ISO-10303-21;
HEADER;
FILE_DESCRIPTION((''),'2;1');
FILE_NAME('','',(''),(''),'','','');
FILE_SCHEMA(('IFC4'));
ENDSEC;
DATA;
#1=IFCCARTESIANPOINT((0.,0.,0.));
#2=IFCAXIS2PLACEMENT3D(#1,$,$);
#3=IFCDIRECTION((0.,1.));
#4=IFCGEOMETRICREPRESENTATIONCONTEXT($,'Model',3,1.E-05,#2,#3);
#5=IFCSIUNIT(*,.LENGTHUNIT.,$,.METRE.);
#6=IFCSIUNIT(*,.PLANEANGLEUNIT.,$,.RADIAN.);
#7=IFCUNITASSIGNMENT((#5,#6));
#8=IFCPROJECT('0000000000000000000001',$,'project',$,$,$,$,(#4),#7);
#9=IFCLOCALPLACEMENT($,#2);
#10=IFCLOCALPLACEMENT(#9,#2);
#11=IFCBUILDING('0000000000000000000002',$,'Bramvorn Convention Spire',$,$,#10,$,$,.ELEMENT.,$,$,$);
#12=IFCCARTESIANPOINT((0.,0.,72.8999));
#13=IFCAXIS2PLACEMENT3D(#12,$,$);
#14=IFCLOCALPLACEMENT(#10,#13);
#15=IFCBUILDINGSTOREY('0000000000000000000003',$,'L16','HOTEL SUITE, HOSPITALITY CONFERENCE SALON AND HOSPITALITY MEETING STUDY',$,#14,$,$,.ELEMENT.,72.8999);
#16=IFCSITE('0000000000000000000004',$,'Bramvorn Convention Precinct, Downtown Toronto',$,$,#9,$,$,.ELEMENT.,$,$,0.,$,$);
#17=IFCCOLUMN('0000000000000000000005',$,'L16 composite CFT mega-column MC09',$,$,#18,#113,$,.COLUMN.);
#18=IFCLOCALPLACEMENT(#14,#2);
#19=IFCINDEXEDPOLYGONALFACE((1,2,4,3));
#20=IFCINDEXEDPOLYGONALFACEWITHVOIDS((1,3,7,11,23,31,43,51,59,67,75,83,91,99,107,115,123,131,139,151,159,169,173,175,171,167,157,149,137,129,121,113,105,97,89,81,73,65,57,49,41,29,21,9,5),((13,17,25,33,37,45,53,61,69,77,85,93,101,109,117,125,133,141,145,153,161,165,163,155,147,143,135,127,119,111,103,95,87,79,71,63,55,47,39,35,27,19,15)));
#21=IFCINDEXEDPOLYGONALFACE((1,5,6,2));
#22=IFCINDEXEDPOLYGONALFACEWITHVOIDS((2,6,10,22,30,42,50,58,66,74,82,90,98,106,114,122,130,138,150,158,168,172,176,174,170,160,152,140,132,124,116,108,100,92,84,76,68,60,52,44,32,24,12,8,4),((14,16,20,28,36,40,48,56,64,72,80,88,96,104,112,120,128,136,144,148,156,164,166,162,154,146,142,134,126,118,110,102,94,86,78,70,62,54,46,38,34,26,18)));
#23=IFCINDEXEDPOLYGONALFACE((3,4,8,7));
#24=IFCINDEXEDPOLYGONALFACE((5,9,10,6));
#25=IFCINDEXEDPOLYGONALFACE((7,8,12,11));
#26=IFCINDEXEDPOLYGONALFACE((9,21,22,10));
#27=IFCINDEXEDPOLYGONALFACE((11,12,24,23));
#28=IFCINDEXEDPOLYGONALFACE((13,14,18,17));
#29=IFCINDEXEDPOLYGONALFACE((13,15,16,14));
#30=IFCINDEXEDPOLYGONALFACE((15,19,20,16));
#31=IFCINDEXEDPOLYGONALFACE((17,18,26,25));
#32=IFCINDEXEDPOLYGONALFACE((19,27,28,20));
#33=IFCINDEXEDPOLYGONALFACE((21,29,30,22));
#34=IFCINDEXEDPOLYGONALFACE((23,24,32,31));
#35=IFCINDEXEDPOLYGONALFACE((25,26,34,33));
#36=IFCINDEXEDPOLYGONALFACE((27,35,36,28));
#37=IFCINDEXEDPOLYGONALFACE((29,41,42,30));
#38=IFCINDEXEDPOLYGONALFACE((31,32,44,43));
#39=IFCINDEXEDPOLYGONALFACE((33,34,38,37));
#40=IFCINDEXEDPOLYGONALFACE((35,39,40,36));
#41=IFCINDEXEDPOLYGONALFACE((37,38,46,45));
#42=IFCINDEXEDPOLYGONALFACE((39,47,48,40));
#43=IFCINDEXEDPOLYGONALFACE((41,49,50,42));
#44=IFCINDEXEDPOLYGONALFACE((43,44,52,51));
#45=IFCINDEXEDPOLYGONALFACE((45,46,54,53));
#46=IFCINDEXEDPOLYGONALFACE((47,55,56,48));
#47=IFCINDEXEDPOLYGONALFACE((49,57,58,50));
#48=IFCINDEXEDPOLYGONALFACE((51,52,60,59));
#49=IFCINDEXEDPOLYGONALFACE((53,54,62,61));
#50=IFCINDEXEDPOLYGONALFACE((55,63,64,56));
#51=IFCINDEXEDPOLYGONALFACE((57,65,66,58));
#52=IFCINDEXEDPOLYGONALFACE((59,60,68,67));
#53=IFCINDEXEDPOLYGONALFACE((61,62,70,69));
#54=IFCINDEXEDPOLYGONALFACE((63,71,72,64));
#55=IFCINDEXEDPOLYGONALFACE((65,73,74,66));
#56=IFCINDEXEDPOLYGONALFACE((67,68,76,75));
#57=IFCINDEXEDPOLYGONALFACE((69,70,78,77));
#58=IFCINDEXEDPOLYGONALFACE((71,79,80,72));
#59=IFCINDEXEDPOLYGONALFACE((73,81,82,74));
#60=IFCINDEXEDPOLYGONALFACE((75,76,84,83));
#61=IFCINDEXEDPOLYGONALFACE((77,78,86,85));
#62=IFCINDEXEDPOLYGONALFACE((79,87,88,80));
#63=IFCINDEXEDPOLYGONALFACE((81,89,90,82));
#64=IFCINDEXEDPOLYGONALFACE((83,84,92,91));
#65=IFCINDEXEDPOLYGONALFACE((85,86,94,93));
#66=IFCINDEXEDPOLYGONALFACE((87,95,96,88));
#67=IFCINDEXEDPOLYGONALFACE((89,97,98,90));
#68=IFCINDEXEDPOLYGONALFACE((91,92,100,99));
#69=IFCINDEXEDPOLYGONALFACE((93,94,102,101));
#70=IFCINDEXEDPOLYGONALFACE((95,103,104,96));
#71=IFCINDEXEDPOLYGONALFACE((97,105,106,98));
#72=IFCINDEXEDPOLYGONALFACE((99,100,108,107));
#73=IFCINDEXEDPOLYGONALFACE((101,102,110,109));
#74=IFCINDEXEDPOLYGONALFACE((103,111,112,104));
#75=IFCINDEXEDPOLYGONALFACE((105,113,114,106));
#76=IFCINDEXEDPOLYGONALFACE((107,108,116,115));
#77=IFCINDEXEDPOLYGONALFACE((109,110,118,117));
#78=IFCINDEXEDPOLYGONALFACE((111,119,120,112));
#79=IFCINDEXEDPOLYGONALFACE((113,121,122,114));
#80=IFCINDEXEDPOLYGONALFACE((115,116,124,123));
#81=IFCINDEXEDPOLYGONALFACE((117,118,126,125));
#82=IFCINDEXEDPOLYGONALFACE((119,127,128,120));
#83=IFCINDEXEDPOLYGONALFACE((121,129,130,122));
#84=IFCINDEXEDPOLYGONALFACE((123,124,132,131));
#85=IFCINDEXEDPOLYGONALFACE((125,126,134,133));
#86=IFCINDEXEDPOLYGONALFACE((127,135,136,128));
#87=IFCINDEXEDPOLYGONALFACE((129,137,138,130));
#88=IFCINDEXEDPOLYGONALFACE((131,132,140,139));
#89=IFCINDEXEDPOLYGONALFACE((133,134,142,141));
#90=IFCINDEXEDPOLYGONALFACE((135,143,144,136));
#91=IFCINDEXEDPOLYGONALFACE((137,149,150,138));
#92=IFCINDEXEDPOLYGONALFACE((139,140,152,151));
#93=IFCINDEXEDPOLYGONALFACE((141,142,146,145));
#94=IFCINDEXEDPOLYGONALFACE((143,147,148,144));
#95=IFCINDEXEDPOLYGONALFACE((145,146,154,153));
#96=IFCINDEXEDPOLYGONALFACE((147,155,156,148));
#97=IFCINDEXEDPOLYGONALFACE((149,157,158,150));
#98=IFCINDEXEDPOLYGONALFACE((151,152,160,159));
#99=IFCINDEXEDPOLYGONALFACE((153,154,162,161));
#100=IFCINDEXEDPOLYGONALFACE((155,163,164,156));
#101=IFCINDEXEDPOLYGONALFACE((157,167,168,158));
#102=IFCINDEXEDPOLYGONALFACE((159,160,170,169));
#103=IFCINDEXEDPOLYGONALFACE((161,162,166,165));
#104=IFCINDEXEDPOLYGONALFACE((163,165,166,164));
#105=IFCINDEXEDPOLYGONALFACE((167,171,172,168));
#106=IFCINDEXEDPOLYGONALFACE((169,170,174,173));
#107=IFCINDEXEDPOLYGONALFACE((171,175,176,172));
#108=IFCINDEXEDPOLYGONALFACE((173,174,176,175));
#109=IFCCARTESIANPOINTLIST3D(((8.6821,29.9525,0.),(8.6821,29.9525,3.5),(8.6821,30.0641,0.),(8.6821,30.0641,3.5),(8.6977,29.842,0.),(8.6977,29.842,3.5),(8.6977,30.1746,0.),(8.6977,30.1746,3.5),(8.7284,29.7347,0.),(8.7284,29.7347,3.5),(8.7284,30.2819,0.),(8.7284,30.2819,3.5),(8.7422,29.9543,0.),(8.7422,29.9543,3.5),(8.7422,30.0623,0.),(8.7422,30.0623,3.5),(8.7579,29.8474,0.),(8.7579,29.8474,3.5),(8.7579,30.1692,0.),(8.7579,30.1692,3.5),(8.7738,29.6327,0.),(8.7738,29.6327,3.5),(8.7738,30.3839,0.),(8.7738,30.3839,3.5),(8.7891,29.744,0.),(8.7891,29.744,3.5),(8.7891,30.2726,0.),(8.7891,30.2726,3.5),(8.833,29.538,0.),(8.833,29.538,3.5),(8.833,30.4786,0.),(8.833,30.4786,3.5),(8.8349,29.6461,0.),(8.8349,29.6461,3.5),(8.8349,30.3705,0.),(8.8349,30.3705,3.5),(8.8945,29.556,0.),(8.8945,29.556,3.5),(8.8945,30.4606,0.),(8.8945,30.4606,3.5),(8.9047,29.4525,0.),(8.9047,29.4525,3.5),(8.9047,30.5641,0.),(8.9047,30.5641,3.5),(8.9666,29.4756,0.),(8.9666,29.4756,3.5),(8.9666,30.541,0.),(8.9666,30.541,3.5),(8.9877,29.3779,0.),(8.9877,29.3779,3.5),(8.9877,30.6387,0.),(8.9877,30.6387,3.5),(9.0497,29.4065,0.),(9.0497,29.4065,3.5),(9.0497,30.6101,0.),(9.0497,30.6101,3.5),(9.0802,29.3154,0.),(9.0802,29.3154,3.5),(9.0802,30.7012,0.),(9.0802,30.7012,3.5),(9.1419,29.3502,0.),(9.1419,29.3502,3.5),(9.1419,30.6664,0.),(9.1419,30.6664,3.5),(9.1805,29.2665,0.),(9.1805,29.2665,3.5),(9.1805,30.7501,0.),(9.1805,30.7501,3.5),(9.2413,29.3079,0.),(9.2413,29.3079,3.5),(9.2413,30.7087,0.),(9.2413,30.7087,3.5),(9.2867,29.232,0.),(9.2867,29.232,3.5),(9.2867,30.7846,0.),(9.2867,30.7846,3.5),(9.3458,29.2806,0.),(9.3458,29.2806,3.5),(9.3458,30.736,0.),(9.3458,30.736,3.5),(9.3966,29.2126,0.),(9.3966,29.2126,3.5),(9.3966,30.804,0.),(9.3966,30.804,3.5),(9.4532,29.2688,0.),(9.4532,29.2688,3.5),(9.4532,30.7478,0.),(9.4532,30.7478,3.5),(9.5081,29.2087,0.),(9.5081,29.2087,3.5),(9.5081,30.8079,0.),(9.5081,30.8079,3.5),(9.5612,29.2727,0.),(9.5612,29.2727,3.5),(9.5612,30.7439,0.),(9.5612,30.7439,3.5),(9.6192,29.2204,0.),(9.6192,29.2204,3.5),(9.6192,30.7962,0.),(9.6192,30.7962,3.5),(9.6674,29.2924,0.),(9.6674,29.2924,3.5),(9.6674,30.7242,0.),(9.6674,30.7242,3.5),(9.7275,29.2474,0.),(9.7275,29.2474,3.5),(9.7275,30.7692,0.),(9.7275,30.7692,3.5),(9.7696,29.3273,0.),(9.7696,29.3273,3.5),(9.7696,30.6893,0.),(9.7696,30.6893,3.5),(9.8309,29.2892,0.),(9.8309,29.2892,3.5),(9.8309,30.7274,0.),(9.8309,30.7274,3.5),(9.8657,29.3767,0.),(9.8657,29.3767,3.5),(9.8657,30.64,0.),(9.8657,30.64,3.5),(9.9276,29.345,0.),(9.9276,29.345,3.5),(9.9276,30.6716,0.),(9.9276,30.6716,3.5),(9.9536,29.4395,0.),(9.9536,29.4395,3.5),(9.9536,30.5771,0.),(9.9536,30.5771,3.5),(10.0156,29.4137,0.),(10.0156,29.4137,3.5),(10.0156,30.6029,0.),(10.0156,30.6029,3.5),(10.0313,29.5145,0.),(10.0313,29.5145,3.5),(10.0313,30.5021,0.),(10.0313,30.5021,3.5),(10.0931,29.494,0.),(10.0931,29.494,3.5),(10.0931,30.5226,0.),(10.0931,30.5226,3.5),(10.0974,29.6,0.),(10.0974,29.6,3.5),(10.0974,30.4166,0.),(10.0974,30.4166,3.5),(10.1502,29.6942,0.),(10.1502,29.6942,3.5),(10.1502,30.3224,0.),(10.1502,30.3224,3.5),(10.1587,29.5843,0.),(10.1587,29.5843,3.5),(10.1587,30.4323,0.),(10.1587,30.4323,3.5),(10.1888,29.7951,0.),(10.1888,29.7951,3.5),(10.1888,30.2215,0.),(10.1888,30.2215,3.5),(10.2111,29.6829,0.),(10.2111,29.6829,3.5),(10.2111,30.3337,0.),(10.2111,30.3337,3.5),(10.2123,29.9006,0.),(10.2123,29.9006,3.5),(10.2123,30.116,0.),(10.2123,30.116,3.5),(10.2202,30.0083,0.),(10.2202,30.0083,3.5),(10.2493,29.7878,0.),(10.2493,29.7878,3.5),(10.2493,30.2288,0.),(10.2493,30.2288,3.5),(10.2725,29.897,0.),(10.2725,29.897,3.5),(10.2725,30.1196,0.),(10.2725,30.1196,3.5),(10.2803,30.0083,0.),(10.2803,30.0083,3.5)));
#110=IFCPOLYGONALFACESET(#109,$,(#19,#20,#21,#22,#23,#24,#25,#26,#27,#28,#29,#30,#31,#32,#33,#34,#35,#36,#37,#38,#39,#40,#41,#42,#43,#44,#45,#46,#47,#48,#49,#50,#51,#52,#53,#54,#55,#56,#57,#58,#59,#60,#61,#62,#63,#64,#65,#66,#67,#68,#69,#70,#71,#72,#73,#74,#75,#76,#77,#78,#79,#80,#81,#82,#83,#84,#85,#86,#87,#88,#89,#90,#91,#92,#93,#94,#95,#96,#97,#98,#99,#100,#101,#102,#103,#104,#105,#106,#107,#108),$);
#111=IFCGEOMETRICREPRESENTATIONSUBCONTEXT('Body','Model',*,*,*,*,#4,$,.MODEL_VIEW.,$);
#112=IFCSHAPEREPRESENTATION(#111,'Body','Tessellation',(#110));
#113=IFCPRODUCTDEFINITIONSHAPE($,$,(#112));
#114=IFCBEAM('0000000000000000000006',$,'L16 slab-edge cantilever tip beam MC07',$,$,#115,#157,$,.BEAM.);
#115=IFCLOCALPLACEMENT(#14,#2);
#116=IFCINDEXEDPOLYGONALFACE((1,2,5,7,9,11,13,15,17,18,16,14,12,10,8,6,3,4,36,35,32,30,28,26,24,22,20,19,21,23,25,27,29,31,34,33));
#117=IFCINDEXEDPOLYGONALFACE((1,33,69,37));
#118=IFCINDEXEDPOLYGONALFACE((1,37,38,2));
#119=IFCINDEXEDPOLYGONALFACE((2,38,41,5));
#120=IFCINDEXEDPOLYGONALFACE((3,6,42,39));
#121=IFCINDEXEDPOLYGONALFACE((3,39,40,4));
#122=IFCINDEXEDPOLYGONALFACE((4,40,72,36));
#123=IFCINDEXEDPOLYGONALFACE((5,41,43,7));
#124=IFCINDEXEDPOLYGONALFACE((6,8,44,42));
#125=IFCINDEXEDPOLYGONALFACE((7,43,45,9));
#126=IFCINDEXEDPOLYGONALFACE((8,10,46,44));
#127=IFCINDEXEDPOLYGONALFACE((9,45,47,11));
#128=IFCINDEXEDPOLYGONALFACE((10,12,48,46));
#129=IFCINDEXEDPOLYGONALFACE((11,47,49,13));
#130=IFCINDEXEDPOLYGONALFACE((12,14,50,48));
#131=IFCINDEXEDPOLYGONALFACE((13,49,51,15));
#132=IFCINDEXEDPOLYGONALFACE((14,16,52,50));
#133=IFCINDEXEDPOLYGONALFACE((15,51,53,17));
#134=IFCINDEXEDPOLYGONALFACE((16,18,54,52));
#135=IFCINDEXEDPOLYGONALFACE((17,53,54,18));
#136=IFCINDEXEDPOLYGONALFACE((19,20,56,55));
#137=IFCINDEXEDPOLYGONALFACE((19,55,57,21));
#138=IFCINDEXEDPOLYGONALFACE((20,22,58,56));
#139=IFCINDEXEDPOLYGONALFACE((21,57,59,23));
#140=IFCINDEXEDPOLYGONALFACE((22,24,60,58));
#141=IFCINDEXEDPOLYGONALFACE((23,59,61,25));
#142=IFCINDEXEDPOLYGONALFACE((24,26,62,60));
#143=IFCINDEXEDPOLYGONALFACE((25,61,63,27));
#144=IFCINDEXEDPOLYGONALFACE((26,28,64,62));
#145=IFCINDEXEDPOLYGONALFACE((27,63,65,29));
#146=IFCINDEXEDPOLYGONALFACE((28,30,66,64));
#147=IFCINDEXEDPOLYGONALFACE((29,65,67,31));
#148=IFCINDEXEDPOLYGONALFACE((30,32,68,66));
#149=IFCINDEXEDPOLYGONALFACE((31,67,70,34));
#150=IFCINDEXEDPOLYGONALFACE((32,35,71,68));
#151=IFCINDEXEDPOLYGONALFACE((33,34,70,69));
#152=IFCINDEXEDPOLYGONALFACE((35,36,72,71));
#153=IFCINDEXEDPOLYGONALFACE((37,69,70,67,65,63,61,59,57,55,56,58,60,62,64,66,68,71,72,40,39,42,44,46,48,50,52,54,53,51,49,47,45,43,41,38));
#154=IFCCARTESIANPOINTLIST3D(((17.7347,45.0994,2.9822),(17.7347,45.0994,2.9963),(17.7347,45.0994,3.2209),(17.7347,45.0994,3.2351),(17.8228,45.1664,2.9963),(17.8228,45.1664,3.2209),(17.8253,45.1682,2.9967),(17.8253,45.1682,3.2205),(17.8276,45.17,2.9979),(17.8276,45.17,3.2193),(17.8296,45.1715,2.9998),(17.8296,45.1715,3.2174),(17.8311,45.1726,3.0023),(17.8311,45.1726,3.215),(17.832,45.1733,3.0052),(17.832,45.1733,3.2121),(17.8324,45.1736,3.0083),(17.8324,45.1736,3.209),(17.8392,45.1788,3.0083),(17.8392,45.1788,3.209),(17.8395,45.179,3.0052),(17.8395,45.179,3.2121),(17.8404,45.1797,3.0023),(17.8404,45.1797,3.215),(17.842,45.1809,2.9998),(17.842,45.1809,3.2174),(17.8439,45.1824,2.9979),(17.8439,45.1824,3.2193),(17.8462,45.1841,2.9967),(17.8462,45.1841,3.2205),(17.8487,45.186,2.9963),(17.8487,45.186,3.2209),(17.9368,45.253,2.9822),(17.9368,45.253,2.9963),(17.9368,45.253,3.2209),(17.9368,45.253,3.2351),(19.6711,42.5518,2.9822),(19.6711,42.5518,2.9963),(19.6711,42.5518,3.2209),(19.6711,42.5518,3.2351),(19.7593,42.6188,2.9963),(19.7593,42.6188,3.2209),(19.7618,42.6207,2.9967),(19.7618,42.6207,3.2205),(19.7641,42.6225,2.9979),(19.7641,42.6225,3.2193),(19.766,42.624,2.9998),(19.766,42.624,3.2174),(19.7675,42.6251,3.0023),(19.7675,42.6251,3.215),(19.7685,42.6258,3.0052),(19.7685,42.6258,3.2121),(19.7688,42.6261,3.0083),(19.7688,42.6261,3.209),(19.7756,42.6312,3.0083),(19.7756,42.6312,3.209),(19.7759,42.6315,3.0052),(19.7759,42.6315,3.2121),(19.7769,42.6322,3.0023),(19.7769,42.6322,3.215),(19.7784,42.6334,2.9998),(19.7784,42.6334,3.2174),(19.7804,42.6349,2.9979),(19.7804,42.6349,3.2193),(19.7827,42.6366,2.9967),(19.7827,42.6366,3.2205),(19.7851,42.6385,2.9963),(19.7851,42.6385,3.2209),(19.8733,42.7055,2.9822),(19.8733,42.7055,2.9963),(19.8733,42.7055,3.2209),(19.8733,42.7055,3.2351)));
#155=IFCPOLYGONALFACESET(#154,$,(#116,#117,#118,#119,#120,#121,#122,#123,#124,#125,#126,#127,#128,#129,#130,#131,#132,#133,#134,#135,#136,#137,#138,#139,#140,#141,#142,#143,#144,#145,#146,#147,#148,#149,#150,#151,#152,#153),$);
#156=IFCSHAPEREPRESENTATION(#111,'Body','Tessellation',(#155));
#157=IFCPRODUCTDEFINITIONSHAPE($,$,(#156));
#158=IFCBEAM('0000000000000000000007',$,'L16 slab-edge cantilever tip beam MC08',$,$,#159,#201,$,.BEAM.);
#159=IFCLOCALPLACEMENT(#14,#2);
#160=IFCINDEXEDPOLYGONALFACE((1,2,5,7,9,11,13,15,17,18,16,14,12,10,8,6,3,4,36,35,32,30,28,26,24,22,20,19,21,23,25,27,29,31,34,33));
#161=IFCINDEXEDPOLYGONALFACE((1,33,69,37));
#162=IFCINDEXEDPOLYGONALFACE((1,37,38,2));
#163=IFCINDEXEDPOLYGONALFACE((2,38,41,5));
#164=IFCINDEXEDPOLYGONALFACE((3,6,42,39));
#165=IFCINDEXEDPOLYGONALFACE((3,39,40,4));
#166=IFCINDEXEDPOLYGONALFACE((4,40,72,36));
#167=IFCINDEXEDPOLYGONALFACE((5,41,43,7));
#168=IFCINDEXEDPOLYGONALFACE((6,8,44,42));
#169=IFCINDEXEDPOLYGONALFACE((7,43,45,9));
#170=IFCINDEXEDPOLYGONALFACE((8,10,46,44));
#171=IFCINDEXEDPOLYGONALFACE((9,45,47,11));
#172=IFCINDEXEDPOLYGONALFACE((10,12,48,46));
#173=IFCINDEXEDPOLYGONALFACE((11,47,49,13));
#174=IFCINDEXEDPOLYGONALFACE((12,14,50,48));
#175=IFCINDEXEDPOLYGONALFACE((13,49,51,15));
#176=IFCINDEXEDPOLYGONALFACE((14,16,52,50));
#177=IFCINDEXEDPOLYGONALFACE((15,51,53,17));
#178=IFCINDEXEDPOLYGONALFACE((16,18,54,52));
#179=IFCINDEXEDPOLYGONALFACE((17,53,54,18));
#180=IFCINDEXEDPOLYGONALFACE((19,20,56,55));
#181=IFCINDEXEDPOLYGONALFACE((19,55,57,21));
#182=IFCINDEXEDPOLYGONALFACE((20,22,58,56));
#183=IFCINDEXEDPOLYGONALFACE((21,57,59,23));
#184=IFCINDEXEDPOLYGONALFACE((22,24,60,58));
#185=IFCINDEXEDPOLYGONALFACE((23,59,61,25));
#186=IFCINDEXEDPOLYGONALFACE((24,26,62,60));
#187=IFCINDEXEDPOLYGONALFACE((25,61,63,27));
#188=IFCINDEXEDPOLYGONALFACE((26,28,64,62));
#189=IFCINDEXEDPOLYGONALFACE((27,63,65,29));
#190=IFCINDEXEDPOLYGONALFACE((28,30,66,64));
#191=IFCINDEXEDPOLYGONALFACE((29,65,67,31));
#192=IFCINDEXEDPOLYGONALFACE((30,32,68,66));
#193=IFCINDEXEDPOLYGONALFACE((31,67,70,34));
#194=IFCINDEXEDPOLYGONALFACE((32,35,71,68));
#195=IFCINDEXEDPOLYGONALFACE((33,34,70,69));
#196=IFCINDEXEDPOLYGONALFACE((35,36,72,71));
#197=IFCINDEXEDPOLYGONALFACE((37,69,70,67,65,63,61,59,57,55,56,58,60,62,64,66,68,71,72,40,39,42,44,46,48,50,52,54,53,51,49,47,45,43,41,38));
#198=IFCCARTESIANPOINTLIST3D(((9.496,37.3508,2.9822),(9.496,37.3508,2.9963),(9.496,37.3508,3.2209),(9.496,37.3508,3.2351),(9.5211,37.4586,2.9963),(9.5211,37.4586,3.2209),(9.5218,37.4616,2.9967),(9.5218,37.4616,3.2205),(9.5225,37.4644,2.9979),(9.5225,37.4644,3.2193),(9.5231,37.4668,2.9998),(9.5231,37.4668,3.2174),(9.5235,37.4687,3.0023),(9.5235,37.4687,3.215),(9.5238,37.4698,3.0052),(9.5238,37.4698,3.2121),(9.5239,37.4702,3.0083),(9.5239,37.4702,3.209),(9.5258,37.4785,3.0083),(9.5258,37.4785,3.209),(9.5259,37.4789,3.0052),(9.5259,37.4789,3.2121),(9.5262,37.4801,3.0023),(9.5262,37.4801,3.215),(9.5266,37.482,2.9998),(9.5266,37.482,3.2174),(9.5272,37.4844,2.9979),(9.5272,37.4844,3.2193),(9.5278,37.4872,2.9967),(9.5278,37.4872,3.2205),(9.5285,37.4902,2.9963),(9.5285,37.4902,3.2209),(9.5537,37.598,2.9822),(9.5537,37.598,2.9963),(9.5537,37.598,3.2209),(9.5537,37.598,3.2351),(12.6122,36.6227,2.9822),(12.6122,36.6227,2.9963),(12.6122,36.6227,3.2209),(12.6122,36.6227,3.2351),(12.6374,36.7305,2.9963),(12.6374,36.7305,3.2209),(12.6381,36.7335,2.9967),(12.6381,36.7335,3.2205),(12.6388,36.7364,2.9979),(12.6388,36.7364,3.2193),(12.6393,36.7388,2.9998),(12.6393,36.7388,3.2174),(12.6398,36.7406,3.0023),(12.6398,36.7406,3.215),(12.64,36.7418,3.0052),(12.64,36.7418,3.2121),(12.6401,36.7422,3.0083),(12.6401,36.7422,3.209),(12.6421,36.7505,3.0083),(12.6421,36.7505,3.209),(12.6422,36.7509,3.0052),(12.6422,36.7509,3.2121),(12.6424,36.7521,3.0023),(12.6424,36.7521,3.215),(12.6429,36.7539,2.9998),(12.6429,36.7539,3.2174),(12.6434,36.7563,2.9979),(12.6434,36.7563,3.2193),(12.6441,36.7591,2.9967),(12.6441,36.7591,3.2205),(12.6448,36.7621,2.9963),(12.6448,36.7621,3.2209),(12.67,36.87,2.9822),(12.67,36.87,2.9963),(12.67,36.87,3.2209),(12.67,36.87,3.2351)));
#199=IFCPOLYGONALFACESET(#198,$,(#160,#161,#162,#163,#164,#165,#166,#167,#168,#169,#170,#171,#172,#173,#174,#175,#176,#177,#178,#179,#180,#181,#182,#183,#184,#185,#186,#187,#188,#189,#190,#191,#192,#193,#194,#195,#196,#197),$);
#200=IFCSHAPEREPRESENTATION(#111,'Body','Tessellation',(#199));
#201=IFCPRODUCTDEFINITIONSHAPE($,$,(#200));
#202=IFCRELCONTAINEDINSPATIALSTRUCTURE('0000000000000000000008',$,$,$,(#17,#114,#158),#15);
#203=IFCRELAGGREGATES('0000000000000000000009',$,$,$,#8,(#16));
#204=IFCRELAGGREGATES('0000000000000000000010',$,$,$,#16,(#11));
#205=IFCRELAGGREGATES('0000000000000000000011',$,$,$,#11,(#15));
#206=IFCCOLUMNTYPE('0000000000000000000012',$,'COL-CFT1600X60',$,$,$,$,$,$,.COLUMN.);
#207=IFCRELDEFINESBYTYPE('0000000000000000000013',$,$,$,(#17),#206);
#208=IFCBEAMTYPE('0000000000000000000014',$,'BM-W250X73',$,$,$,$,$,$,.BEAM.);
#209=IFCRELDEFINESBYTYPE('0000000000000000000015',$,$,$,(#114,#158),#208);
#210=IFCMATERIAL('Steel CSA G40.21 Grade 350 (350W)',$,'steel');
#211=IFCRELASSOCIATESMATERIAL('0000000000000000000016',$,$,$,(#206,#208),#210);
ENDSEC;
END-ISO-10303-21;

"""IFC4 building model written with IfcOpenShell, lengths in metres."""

from ifc_helpers import new_model, si_unit, direction, frame, origin, origin_2d, place, context, subcontext, project, spatial, hollow_circle, i_section, extrude, material, material_profile, profile_set, type_object, element, save


model = new_model("IFC4")

# Units and contexts
model_context = context("Model", 3, precision=1e-05, world=origin(), true_north=direction((0.0, 1.0)))
body_context = subcontext(model_context, "Body", "Model", "MODEL_VIEW")
ifc_project = project(units=[si_unit("LENGTHUNIT", "METRE"), si_unit("PLANEANGLEUNIT", "RADIAN")], contexts=[model_context])

# Site, building, storey
site_placement = place(None, origin())
site = spatial("IfcSite", under=ifc_project, at=site_placement, Name="Bramvorn Convention Precinct, Downtown Toronto", CompositionType="ELEMENT", RefElevation=0.0)
building_placement = place(site_placement, origin())
building = spatial("IfcBuilding", under=site, at=building_placement, Name="Bramvorn Convention Spire", CompositionType="ELEMENT")
storey_placement = place(building_placement, frame((0.0, 0.0, 72.8999)))
storey = spatial("IfcBuildingStorey", under=building, at=storey_placement, Name="L16", Description="HOTEL SUITE, HOSPITALITY CONFERENCE SALON AND HOSPITALITY MEETING STUDY", CompositionType="ELEMENT", Elevation=72.8999)

# Column
ifc_material_1 = material(Name="Steel CSA G40.21 Grade 350 (350W)", Category="steel")
ifc_material_profile_1 = material_profile(ifc_material_1, hollow_circle(Radius=0.8, WallThickness=0.0601, at=origin_2d()))
ifc_profile_set_1 = profile_set([ifc_material_profile_1], Name="Steel CSA G40.21 Grade 350 (350W) - CFT1600X60")
column_type = type_object("IfcColumnType", Name="COL-CFT1600X60", PredefinedType="COLUMN", material=ifc_profile_set_1)
for number, where, z_axis, x_axis, name in (
    (1, (9.4802, 30.0083, 0.0), (0.0, 0.0, 1.0), (1.0, 0.0, 0.0), "L16 composite CFT mega-column MC09"),
):
    element("IfcColumn", number, at=place(storey_placement, frame(where, z_axis=z_axis, x_axis=x_axis)), inside=storey, type_object=column_type, Name=name, PredefinedType="COLUMN", context=body_context, shape_type="SweptSolid", body=[
        extrude(hollow_circle(Radius=0.8, WallThickness=0.0601, at=origin_2d()), origin(), (0.0, 0.0, 1.0), 3.5),
    ])

# Beams
ifc_material_profile_2 = material_profile(ifc_material_1, i_section(OverallWidth=0.2539, OverallDepth=0.2529, WebThickness=0.0085, FlangeThickness=0.0142, FilletRadius=0.012, at=origin_2d()))
ifc_profile_set_2 = profile_set([ifc_material_profile_2], Name="Steel CSA G40.21 Grade 350 (350W) - W250X73")
beam_type_1 = type_object("IfcBeamType", Name="BM-W250X73", PredefinedType="BEAM", material=ifc_profile_set_2)
beam_1_placement = place(storey_placement, frame((19.7722, 42.6287, 3.1086), z_axis=(-0.605151, 0.796111, 0.0), x_axis=(-0.796111, -0.605151, 0.0)))
element("IfcBeam", 2, at=beam_1_placement, inside=storey, type_object=beam_type_1, Name="L16 slab-edge cantilever tip beam MC07", PredefinedType="BEAM", context=body_context, shape_type="SweptSolid", body=[
    extrude(i_section(OverallWidth=0.2539, OverallDepth=0.2529, WebThickness=0.0085, FlangeThickness=0.0142, FilletRadius=0.012, at=origin_2d()), origin(), (0.0, 0.0, 1.0), 3.2),
])
beam_2_placement = place(storey_placement, frame((12.6411, 36.7463, 3.1086), z_axis=(-0.973778, 0.2275, 0.0), x_axis=(-0.2275, -0.973778, 0.0)))
element("IfcBeam", 3, at=beam_2_placement, inside=storey, type_object=beam_type_1, Name="L16 slab-edge cantilever tip beam MC08", PredefinedType="BEAM", context=body_context, shape_type="SweptSolid", body=[
    extrude(i_section(OverallWidth=0.2539, OverallDepth=0.2529, WebThickness=0.0085, FlangeThickness=0.0142, FilletRadius=0.012, at=origin_2d()), origin(), (0.0, 0.0, 1.0), 3.2002),
])

save(model, "model.ifc")
